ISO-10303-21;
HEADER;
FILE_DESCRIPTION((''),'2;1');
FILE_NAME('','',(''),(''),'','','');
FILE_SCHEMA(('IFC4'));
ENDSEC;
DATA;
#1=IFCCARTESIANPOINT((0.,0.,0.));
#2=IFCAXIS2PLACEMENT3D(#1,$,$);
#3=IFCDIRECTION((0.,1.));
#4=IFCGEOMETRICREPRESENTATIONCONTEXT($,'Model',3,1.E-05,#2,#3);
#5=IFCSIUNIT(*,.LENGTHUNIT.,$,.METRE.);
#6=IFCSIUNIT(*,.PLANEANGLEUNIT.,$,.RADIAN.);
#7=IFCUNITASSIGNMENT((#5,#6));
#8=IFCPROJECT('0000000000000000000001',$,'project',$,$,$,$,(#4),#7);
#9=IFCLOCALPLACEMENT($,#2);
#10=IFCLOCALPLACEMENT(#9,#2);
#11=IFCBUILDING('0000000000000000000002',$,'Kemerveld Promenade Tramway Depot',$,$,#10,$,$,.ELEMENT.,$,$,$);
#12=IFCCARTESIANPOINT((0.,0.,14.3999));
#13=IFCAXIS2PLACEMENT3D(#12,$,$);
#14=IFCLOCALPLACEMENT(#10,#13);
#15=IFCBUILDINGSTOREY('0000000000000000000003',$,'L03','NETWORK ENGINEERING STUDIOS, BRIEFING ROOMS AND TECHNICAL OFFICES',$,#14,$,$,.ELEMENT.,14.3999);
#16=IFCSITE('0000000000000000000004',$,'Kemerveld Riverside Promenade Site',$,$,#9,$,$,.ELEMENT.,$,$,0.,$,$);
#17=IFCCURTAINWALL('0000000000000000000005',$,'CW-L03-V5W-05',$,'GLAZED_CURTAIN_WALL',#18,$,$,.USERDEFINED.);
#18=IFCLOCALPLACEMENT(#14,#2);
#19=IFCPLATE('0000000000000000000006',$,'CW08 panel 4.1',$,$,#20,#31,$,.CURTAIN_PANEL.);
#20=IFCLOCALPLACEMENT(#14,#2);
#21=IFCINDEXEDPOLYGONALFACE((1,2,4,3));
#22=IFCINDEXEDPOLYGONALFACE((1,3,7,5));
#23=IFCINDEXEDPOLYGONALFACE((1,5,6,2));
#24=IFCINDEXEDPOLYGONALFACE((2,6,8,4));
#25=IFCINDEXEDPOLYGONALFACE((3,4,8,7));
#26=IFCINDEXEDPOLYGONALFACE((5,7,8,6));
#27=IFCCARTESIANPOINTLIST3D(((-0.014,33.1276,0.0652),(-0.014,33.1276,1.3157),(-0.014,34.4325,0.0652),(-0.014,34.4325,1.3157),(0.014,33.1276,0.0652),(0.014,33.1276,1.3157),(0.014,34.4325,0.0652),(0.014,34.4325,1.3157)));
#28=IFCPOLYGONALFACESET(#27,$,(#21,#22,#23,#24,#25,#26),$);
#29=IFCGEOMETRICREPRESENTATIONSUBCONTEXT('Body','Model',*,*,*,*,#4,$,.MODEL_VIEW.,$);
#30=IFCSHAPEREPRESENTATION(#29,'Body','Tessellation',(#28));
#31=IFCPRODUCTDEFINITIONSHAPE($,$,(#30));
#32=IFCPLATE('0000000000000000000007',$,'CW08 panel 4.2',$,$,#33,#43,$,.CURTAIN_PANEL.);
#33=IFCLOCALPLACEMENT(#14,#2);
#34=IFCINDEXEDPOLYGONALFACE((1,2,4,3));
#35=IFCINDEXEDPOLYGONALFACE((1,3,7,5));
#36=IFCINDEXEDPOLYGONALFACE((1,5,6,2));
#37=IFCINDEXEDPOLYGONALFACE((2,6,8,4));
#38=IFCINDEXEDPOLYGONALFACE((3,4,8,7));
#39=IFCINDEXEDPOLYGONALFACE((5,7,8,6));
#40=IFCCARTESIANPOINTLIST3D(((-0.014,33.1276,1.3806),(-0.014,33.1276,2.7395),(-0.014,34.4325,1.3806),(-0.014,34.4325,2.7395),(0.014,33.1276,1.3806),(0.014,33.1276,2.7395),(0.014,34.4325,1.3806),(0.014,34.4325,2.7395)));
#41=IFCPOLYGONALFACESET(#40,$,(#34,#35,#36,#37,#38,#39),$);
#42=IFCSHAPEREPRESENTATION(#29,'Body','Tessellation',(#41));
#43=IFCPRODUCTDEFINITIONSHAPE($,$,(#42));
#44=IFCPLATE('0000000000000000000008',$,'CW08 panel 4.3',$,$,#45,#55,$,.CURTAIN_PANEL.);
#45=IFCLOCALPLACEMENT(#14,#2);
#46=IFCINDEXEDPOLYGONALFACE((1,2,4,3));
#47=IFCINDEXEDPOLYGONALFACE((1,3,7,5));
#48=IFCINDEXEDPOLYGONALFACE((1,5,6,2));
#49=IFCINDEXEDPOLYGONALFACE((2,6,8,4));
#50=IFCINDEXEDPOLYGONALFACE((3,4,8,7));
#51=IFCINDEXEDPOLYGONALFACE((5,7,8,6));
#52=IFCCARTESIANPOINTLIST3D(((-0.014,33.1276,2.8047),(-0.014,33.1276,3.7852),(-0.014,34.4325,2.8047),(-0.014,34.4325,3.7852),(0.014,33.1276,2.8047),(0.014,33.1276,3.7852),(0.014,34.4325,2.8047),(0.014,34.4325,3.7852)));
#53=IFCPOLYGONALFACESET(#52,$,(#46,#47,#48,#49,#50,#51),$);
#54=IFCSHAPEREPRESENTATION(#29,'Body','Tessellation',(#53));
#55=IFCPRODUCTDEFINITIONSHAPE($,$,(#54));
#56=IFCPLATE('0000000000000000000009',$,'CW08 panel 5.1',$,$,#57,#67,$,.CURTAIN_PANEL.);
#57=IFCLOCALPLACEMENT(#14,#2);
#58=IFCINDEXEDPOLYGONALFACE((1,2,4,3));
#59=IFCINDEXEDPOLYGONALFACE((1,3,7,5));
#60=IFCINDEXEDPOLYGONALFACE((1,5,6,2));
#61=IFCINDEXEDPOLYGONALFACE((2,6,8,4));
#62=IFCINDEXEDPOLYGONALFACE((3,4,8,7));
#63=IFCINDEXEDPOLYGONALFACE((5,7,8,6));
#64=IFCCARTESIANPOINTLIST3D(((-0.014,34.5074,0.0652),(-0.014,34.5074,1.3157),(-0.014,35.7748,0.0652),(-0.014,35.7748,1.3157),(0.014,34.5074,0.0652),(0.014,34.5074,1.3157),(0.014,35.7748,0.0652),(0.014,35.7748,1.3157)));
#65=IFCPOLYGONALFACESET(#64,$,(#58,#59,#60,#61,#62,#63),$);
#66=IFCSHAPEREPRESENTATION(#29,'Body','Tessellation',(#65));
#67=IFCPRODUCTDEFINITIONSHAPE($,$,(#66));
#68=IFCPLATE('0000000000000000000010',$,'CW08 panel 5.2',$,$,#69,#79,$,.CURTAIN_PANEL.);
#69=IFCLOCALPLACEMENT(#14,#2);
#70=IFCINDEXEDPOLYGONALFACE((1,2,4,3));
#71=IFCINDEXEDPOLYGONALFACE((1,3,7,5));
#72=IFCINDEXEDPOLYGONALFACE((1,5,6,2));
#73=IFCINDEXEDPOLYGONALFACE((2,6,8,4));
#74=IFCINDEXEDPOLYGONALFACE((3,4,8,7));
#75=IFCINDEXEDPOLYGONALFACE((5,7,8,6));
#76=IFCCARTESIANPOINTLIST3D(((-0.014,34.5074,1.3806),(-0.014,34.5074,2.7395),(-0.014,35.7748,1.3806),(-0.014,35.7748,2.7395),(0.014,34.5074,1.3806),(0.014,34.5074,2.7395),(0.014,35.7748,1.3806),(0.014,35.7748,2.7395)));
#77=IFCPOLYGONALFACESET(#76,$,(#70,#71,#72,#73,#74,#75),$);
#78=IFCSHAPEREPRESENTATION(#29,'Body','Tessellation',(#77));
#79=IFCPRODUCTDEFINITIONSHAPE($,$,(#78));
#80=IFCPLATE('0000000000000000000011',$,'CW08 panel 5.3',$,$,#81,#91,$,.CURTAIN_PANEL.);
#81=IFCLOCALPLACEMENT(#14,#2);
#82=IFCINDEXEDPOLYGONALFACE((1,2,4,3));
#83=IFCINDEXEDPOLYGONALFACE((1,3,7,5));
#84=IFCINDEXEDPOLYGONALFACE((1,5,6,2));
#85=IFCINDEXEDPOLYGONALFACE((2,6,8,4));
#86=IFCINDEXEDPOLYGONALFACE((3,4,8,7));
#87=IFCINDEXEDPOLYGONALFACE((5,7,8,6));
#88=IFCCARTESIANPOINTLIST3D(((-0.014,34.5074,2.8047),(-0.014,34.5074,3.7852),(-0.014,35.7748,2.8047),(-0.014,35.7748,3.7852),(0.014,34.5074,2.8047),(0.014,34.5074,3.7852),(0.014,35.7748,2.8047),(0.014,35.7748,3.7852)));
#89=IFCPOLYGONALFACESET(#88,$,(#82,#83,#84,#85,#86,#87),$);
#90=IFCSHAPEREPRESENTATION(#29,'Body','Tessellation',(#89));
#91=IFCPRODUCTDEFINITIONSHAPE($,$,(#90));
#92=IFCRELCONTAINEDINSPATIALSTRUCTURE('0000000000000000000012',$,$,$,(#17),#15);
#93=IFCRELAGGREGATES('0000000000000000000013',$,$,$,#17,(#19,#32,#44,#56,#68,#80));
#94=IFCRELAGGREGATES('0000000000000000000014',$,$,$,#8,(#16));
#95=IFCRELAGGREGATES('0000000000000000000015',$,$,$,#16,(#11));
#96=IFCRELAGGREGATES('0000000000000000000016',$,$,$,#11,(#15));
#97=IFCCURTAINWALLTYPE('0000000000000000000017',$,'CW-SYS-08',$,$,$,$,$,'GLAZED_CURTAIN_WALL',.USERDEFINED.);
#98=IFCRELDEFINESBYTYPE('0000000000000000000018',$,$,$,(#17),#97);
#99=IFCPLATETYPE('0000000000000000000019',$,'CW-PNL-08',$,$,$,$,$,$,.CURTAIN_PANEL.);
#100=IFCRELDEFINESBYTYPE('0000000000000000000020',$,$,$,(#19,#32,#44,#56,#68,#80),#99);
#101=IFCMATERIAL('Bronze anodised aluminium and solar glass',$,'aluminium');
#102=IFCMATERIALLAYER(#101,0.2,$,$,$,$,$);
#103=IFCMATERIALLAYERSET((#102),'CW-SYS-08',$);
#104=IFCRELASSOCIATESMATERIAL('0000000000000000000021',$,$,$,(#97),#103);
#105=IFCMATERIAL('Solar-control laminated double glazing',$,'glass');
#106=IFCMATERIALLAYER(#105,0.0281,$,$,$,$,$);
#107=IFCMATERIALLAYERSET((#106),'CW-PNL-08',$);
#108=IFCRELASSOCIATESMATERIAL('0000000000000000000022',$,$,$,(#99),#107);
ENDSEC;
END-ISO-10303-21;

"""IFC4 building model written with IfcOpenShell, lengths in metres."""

from ifc_helpers import new_model, si_unit, direction, frame, origin, origin_2d, place, context, subcontext, project, spatial, rectangle, extrude, material, layer, layer_set, type_object, element, aggregate, save


model = new_model("IFC4")

# Units and contexts
model_context = context("Model", 3, precision=1e-05, world=origin(), true_north=direction((0.0, 1.0)))
body_context = subcontext(model_context, "Body", "Model", "MODEL_VIEW")
ifc_project = project(units=[si_unit("LENGTHUNIT", "METRE"), si_unit("PLANEANGLEUNIT", "RADIAN")], contexts=[model_context])

# Site, building, storey
site_placement = place(None, origin())
site = spatial("IfcSite", under=ifc_project, at=site_placement, Name="Kemerveld Riverside Promenade Site", CompositionType="ELEMENT", RefElevation=0.0)
building_placement = place(site_placement, origin())
building = spatial("IfcBuilding", under=site, at=building_placement, Name="Kemerveld Promenade Tramway Depot", CompositionType="ELEMENT")
storey_placement = place(building_placement, frame((0.0, 0.0, 14.3999)))
storey = spatial("IfcBuildingStorey", under=building, at=storey_placement, Name="L03", Description="NETWORK ENGINEERING STUDIOS, BRIEFING ROOMS AND TECHNICAL OFFICES", CompositionType="ELEMENT", Elevation=14.3999)

# Curtain wall, plates
ifc_material_1 = material(Name="Bronze anodised aluminium and solar glass", Category="aluminium")
ifc_layer_1 = layer(ifc_material_1, 0.2)
ifc_layer_set_1 = layer_set([ifc_layer_1], Name="CW-SYS-08")
curtain_wall_type = type_object("IfcCurtainWallType", Name="CW-SYS-08", ElementType="GLAZED_CURTAIN_WALL", PredefinedType="USERDEFINED", material=ifc_layer_set_1)
curtain_wall_placement = place(storey_placement, origin())
curtain_wall = element("IfcCurtainWall", 1, at=curtain_wall_placement, inside=storey, type_object=curtain_wall_type, Name="CW-L03-V5W-05", ObjectType="GLAZED_CURTAIN_WALL", PredefinedType="USERDEFINED")
ifc_material_2 = material(Name="Solar-control laminated double glazing", Category="glass")
ifc_layer_2 = layer(ifc_material_2, 0.0281)
ifc_layer_set_2 = layer_set([ifc_layer_2], Name="CW-PNL-08")
plate_type = type_object("IfcPlateType", Name="CW-PNL-08", PredefinedType="CURTAIN_PANEL", material=ifc_layer_set_2)
plate_1_placement = place(storey_placement, frame((0.0, 33.78, 0.0652), z_axis=(0.0, 0.0, 1.0), x_axis=(0.0, 1.0, 0.0)))
plate_1 = element("IfcPlate", 2, at=plate_1_placement, type_object=plate_type, Name="CW08 panel 4.1", PredefinedType="CURTAIN_PANEL", context=body_context, shape_type="SweptSolid", body=[
    extrude(rectangle(XDim=1.3049, YDim=0.0281, at=origin_2d()), origin(), (0.0, 0.0, 1.0), 1.2505),
])
plate_2_placement = place(storey_placement, frame((0.0, 33.78, 1.3806), z_axis=(0.0, 0.0, 1.0), x_axis=(0.0, 1.0, 0.0)))
plate_2 = element("IfcPlate", 3, at=plate_2_placement, type_object=plate_type, Name="CW08 panel 4.2", PredefinedType="CURTAIN_PANEL", context=body_context, shape_type="SweptSolid", body=[
    extrude(rectangle(XDim=1.3049, YDim=0.0281, at=origin_2d()), origin(), (0.0, 0.0, 1.0), 1.3589),
])
plate_3_placement = place(storey_placement, frame((0.0, 33.78, 2.8047), z_axis=(0.0, 0.0, 1.0), x_axis=(0.0, 1.0, 0.0)))
plate_3 = element("IfcPlate", 4, at=plate_3_placement, type_object=plate_type, Name="CW08 panel 4.3", PredefinedType="CURTAIN_PANEL", context=body_context, shape_type="SweptSolid", body=[
    extrude(rectangle(XDim=1.3049, YDim=0.0281, at=origin_2d()), origin(), (0.0, 0.0, 1.0), 0.9805),
])
plate_4_placement = place(storey_placement, frame((0.0, 35.1411, 0.0652), z_axis=(0.0, 0.0, 1.0), x_axis=(0.0, 1.0, 0.0)))
plate_4 = element("IfcPlate", 5, at=plate_4_placement, type_object=plate_type, Name="CW08 panel 5.1", PredefinedType="CURTAIN_PANEL", context=body_context, shape_type="SweptSolid", body=[
    extrude(rectangle(XDim=1.2673, YDim=0.0281, at=origin_2d()), origin(), (0.0, 0.0, 1.0), 1.2505),
])
plate_5_placement = place(storey_placement, frame((0.0, 35.1411, 1.3806), z_axis=(0.0, 0.0, 1.0), x_axis=(0.0, 1.0, 0.0)))
plate_5 = element("IfcPlate", 6, at=plate_5_placement, type_object=plate_type, Name="CW08 panel 5.2", PredefinedType="CURTAIN_PANEL", context=body_context, shape_type="SweptSolid", body=[
    extrude(rectangle(XDim=1.2673, YDim=0.0281, at=origin_2d()), origin(), (0.0, 0.0, 1.0), 1.3589),
])
plate_6_placement = place(storey_placement, frame((0.0, 35.1411, 2.8047), z_axis=(0.0, 0.0, 1.0), x_axis=(0.0, 1.0, 0.0)))
plate_6 = element("IfcPlate", 7, at=plate_6_placement, type_object=plate_type, Name="CW08 panel 5.3", PredefinedType="CURTAIN_PANEL", context=body_context, shape_type="SweptSolid", body=[
    extrude(rectangle(XDim=1.2673, YDim=0.0281, at=origin_2d()), origin(), (0.0, 0.0, 1.0), 0.9805),
])
aggregate(curtain_wall, [plate_1, plate_2, plate_3, plate_4, plate_5, plate_6])

save(model, "model.ifc")
